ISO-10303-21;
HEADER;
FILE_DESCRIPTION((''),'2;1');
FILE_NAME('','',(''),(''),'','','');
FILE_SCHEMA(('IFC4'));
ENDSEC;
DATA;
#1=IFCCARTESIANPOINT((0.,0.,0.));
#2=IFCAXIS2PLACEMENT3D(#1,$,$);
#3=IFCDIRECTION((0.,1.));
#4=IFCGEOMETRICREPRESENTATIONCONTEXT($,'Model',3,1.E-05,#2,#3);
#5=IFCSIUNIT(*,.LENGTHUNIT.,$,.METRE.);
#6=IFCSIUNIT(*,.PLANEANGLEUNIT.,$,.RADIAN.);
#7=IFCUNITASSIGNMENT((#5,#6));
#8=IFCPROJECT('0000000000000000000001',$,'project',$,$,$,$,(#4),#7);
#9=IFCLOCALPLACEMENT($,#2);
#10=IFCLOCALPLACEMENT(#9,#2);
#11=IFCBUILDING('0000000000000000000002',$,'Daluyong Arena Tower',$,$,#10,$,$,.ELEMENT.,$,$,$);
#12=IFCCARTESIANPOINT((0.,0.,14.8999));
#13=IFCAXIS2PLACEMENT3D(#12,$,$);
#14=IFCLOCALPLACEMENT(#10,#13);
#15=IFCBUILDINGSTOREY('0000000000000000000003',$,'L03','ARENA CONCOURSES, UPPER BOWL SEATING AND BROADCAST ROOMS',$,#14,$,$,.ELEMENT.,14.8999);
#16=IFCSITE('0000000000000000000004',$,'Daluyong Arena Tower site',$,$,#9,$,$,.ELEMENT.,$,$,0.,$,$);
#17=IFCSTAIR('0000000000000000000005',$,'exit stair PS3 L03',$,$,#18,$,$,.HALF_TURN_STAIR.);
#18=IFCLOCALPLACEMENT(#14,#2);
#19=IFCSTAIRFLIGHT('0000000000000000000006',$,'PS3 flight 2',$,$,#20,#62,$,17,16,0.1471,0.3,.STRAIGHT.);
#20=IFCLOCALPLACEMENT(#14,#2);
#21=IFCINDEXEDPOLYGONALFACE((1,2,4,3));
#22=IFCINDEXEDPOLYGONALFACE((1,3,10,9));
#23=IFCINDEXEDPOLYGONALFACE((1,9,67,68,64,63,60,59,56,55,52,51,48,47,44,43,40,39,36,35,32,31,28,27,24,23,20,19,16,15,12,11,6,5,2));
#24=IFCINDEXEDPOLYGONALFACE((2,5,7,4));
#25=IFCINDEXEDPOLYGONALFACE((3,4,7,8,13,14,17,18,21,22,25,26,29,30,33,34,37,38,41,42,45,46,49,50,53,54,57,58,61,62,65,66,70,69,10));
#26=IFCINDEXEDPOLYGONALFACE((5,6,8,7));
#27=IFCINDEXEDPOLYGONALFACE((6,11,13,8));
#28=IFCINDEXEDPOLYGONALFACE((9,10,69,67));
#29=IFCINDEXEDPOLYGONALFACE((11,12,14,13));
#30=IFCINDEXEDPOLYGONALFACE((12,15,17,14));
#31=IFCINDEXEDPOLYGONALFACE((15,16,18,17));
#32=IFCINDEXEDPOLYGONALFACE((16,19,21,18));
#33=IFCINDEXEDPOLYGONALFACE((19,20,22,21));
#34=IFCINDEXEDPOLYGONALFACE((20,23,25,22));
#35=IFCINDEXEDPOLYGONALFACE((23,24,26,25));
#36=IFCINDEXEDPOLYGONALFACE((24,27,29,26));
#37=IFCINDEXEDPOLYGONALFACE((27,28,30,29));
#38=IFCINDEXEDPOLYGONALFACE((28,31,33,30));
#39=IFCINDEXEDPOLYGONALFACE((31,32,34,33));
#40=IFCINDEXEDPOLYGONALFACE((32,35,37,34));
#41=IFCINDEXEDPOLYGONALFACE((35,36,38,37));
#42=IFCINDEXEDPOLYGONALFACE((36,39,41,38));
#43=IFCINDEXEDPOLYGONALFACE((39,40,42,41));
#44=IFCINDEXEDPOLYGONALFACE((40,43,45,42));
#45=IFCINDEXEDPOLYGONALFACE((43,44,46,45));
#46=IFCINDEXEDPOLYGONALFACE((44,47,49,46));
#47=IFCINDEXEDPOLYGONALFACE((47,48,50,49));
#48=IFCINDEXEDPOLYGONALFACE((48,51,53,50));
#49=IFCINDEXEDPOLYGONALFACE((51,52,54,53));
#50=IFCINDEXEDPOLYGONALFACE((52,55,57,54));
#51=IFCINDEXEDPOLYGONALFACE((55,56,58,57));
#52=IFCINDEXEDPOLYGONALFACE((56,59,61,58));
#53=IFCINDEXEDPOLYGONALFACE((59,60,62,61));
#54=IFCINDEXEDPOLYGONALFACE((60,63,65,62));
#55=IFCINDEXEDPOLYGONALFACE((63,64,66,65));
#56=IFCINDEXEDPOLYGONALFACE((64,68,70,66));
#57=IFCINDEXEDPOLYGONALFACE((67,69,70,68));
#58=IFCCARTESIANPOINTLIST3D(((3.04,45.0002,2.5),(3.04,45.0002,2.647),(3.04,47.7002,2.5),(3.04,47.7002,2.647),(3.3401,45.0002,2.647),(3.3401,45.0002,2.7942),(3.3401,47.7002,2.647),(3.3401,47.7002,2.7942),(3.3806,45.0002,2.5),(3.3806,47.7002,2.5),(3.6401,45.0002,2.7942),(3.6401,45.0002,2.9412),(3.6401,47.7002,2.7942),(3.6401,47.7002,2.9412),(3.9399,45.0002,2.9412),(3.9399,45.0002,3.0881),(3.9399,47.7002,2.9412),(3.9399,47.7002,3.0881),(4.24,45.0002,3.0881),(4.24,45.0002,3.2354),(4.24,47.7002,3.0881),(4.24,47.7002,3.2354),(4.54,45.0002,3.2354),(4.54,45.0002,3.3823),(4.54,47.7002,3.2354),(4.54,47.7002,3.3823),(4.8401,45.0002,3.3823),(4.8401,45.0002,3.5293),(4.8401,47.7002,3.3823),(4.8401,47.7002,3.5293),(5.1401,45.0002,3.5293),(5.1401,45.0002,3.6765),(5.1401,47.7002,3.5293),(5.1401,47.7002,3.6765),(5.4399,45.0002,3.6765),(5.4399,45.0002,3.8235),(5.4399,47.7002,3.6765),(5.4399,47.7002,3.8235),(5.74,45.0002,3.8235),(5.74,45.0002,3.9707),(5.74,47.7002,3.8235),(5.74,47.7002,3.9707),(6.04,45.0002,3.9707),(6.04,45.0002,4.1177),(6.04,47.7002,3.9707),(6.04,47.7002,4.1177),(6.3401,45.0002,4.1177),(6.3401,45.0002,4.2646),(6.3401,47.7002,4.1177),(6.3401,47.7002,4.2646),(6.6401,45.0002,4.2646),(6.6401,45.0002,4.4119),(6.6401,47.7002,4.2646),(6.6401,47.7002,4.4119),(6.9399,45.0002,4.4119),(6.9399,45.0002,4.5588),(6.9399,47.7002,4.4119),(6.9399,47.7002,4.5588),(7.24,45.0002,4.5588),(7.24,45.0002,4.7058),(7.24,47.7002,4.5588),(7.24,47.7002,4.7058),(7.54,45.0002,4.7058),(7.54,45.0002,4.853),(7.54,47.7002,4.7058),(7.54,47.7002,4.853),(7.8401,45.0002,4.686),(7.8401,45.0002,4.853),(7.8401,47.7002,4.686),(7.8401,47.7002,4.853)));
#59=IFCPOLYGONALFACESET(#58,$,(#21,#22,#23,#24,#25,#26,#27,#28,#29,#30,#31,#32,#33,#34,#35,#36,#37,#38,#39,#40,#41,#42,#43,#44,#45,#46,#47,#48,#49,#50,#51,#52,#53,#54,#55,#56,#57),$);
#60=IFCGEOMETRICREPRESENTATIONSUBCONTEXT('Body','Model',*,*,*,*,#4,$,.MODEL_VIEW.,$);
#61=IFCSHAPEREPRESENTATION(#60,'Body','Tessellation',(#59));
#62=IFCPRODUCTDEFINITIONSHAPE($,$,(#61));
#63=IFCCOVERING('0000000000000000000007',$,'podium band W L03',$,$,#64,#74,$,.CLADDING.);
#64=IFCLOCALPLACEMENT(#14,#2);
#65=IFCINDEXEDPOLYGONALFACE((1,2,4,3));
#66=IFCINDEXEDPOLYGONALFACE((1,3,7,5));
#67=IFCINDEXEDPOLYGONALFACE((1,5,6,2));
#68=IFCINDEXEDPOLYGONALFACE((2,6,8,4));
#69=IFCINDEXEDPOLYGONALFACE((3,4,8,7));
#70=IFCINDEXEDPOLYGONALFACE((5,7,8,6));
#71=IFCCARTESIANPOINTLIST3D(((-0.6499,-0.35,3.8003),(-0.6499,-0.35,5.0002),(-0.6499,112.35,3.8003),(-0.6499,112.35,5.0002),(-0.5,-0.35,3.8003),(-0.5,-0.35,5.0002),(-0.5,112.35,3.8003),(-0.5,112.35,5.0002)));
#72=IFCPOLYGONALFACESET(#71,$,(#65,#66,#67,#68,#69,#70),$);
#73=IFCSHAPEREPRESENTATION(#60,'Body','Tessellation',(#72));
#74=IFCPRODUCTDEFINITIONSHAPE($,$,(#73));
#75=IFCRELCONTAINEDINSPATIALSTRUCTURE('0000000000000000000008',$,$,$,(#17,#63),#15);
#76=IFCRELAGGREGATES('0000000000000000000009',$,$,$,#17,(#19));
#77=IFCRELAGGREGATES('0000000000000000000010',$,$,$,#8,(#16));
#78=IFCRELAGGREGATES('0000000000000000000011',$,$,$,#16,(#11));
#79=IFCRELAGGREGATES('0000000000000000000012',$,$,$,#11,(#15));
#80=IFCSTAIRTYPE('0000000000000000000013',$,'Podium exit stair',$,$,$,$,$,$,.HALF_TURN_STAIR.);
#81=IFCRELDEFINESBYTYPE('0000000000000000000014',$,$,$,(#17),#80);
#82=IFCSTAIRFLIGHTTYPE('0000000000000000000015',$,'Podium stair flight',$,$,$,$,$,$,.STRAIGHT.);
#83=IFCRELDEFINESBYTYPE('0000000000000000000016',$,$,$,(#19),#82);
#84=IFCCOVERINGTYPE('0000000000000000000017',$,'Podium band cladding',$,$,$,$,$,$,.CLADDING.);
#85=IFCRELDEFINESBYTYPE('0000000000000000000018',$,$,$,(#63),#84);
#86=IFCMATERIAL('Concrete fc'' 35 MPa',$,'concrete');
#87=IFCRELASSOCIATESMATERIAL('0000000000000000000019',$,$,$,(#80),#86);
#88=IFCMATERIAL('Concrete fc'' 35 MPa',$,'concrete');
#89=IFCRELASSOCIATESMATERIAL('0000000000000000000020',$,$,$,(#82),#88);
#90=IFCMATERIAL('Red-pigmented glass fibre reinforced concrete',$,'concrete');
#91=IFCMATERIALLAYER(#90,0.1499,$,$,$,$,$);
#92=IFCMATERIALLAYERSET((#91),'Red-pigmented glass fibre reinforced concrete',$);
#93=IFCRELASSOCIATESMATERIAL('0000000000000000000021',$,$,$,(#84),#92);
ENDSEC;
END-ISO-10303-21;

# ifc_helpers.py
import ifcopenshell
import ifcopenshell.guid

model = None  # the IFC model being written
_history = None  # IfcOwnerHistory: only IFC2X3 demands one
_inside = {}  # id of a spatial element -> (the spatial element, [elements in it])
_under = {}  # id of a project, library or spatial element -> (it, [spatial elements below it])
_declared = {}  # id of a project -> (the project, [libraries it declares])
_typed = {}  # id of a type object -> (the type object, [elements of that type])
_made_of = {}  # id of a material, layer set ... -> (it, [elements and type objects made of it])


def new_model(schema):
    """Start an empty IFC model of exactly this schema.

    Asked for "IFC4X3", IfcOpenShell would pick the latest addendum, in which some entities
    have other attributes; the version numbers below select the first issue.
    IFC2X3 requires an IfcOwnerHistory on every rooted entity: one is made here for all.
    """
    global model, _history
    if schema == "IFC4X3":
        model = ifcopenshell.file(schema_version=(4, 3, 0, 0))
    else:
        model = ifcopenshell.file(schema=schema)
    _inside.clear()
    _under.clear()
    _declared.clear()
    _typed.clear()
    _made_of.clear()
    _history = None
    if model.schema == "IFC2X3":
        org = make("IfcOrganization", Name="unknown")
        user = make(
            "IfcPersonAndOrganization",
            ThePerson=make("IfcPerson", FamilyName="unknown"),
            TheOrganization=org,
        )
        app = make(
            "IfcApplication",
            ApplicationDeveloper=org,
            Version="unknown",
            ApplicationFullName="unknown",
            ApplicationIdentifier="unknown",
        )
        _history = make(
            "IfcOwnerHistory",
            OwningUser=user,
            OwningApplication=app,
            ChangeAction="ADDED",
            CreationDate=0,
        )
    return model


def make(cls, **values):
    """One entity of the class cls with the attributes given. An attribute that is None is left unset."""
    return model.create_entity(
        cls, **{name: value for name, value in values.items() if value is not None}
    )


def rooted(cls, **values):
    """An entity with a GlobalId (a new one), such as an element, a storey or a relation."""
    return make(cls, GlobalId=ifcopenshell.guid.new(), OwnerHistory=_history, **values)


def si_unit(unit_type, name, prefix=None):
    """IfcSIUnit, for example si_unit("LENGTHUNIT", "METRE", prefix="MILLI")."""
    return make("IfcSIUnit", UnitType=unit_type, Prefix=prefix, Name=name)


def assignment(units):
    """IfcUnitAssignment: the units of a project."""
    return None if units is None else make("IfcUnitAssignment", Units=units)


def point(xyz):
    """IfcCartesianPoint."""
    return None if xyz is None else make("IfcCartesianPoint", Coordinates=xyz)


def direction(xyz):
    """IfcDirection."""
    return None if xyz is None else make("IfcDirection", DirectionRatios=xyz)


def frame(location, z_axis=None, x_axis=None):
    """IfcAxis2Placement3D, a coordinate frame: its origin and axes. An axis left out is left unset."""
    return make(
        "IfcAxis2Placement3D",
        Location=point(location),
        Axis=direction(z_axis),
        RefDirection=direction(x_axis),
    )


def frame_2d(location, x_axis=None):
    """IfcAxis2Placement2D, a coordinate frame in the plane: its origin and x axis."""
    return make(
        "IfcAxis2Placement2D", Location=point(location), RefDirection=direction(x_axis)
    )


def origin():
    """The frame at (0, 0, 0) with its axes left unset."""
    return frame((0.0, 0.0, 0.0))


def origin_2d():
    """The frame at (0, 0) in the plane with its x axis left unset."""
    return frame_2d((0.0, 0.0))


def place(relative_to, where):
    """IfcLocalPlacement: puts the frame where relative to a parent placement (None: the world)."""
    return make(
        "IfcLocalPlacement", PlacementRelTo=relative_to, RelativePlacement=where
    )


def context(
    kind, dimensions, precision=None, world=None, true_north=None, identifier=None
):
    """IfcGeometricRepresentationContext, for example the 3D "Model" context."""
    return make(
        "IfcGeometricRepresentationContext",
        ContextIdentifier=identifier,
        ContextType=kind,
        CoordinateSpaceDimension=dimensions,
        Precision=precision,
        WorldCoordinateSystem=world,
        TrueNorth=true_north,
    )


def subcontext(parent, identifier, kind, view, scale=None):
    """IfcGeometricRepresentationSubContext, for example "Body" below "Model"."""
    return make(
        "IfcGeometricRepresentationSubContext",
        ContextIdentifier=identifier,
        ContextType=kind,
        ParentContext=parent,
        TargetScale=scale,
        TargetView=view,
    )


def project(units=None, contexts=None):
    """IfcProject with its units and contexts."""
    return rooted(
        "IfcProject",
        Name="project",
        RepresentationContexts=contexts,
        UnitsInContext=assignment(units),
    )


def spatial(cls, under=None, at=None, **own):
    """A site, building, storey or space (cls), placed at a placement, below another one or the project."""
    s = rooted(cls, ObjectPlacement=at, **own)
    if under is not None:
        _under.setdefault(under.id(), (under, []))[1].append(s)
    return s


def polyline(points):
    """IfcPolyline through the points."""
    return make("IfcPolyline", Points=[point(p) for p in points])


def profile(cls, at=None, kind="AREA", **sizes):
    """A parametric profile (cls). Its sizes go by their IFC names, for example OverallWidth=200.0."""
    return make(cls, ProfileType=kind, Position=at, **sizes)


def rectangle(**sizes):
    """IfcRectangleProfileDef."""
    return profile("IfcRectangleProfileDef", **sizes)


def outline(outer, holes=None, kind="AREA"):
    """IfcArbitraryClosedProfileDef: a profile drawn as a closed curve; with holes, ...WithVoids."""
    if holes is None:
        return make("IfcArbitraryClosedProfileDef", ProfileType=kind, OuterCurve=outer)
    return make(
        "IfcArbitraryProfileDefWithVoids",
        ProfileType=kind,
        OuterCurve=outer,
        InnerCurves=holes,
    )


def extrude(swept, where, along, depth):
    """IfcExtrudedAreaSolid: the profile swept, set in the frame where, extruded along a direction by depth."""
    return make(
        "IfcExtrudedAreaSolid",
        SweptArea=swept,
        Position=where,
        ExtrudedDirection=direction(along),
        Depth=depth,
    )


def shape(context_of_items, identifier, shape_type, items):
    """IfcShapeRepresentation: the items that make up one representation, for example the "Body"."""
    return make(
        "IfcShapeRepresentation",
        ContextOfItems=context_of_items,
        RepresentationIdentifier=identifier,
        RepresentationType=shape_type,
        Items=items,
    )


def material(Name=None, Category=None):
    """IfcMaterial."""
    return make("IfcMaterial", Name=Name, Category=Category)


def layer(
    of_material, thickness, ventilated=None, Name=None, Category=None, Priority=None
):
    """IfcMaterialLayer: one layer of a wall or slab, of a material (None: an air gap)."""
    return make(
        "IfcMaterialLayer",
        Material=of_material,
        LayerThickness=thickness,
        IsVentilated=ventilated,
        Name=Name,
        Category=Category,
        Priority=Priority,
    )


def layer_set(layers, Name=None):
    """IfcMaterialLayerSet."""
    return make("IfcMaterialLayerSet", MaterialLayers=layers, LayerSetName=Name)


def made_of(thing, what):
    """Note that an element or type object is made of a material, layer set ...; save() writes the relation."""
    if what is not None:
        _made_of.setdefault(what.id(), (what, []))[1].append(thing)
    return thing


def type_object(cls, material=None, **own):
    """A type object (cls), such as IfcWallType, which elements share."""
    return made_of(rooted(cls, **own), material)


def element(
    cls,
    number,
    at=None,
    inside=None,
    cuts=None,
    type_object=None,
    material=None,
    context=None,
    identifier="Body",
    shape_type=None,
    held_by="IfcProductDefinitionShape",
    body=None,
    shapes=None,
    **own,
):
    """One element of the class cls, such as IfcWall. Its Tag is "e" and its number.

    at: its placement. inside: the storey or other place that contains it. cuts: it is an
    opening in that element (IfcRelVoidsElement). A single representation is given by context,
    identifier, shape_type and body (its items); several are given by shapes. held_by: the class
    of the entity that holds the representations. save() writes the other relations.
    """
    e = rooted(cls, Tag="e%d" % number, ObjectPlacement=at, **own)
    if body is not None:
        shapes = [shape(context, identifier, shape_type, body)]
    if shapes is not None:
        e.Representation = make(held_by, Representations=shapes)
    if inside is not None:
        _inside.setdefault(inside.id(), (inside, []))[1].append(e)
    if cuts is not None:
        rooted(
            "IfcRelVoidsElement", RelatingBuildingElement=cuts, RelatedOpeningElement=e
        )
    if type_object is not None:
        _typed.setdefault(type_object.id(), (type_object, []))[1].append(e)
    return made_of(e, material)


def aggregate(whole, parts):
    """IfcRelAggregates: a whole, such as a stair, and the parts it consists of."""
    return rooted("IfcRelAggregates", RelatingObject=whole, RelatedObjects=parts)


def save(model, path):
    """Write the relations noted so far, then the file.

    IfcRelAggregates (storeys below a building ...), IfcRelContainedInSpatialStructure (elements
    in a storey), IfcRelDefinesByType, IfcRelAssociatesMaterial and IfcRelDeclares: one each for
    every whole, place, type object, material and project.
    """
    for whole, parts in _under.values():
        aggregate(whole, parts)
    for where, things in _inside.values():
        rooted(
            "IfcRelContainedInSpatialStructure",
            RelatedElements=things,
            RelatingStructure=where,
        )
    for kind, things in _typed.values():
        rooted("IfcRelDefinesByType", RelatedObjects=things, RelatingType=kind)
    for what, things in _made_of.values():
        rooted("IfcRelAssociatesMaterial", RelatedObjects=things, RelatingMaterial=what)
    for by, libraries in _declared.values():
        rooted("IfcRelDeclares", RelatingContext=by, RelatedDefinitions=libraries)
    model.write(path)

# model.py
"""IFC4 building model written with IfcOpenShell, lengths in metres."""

from ifc_helpers import new_model, si_unit, direction, frame, origin, origin_2d, place, context, subcontext, project, spatial, polyline, rectangle, outline, extrude, material, layer, layer_set, type_object, element, aggregate, save


model = new_model("IFC4")

# Units and contexts
model_context = context("Model", 3, precision=1e-05, world=origin(), true_north=direction((0.0, 1.0)))
body_context = subcontext(model_context, "Body", "Model", "MODEL_VIEW")
ifc_project = project(units=[si_unit("LENGTHUNIT", "METRE"), si_unit("PLANEANGLEUNIT", "RADIAN")], contexts=[model_context])

# Site, building, storey
site_placement = place(None, origin())
site = spatial("IfcSite", under=ifc_project, at=site_placement, Name="Daluyong Arena Tower site", CompositionType="ELEMENT", RefElevation=0.0)
building_placement = place(site_placement, origin())
building = spatial("IfcBuilding", under=site, at=building_placement, Name="Daluyong Arena Tower", CompositionType="ELEMENT")
storey_placement = place(building_placement, frame((0.0, 0.0, 14.8999)))
storey = spatial("IfcBuildingStorey", under=building, at=storey_placement, Name="L03", Description="ARENA CONCOURSES, UPPER BOWL SEATING AND BROADCAST ROOMS", CompositionType="ELEMENT", Elevation=14.8999)

# Stair, stair flight
ifc_material_1 = material(Name="Concrete fc' 35 MPa", Category="concrete")
stair_type = type_object("IfcStairType", Name="Podium exit stair", PredefinedType="HALF_TURN_STAIR", material=ifc_material_1)
stair_placement = place(storey_placement, origin())
stair = element("IfcStair", 1, at=stair_placement, inside=storey, type_object=stair_type, Name="exit stair PS3 L03", PredefinedType="HALF_TURN_STAIR")
ifc_material_2 = material(Name="Concrete fc' 35 MPa", Category="concrete")
stair_flight_type = type_object("IfcStairFlightType", Name="Podium stair flight", PredefinedType="STRAIGHT", material=ifc_material_2)
stair_flight_placement = place(storey_placement, frame((3.04, 46.3501, 2.5), z_axis=(0.0, 0.0, 1.0), x_axis=(1.0, 0.0, 0.0)))
stair_flight = element("IfcStairFlight", 2, at=stair_flight_placement, type_object=stair_flight_type, Name="PS3 flight 2", NumberOfRisers=17, NumberOfTreads=16, PredefinedType="STRAIGHT", RiserHeight=0.1471, TreadLength=0.3, context=body_context, shape_type="SweptSolid", body=[
    extrude(outline(polyline([(0.0, 0.0), (0.0, 0.147), (0.3, 0.147), (0.3, 0.2942), (0.6001, 0.2942), (0.6001, 0.4412), (0.8999, 0.4412), (0.8999, 0.5881), (1.2, 0.5881), (1.2, 0.7354), (1.5, 0.7354), (1.5, 0.8823), (1.8, 0.8823), (1.8, 1.0293), (2.1001, 1.0293), (2.1001, 1.1765), (2.3999, 1.1765), (2.3999, 1.3235), (2.7, 1.3235), (2.7, 1.4707), (3.0, 1.4707), (3.0, 1.6177), (3.3, 1.6177), (3.3, 1.7646), (3.6001, 1.7646), (3.6001, 1.9119), (3.8999, 1.9119), (3.8999, 2.0588), (4.2, 2.0588), (4.2, 2.2058), (4.5, 2.2058), (4.5, 2.353), (4.8, 2.353), (4.8, 2.5), (4.8, 2.186), (0.3406, 0.0), (0.0, 0.0)])), frame((0.0, 1.3501, 0.0), z_axis=(0.0, -1.0, 0.0), x_axis=(1.0, 0.0, 0.0)), (0.0, 0.0, 1.0), 2.7),
])
aggregate(stair, [stair_flight])

# Covering
ifc_material_3 = material(Name="Red-pigmented glass fibre reinforced concrete", Category="concrete")
ifc_layer_1 = layer(ifc_material_3, 0.1499)
ifc_layer_set_1 = layer_set([ifc_layer_1], Name="Red-pigmented glass fibre reinforced concrete")
covering_type = type_object("IfcCoveringType", Name="Podium band cladding", PredefinedType="CLADDING", material=ifc_layer_set_1)
covering_placement = place(storey_placement, frame((-0.575, 56.0, 3.8003), z_axis=(0.0, 0.0, 1.0), x_axis=(0.0, -1.0, 0.0)))
element("IfcCovering", 3, at=covering_placement, inside=storey, type_object=covering_type, Name="podium band W L03", PredefinedType="CLADDING", context=body_context, shape_type="SweptSolid", body=[
    extrude(rectangle(XDim=112.7, YDim=0.1499, at=origin_2d()), origin(), (0.0, 0.0, 1.0), 1.2),
])

save(model, "model.ifc")
